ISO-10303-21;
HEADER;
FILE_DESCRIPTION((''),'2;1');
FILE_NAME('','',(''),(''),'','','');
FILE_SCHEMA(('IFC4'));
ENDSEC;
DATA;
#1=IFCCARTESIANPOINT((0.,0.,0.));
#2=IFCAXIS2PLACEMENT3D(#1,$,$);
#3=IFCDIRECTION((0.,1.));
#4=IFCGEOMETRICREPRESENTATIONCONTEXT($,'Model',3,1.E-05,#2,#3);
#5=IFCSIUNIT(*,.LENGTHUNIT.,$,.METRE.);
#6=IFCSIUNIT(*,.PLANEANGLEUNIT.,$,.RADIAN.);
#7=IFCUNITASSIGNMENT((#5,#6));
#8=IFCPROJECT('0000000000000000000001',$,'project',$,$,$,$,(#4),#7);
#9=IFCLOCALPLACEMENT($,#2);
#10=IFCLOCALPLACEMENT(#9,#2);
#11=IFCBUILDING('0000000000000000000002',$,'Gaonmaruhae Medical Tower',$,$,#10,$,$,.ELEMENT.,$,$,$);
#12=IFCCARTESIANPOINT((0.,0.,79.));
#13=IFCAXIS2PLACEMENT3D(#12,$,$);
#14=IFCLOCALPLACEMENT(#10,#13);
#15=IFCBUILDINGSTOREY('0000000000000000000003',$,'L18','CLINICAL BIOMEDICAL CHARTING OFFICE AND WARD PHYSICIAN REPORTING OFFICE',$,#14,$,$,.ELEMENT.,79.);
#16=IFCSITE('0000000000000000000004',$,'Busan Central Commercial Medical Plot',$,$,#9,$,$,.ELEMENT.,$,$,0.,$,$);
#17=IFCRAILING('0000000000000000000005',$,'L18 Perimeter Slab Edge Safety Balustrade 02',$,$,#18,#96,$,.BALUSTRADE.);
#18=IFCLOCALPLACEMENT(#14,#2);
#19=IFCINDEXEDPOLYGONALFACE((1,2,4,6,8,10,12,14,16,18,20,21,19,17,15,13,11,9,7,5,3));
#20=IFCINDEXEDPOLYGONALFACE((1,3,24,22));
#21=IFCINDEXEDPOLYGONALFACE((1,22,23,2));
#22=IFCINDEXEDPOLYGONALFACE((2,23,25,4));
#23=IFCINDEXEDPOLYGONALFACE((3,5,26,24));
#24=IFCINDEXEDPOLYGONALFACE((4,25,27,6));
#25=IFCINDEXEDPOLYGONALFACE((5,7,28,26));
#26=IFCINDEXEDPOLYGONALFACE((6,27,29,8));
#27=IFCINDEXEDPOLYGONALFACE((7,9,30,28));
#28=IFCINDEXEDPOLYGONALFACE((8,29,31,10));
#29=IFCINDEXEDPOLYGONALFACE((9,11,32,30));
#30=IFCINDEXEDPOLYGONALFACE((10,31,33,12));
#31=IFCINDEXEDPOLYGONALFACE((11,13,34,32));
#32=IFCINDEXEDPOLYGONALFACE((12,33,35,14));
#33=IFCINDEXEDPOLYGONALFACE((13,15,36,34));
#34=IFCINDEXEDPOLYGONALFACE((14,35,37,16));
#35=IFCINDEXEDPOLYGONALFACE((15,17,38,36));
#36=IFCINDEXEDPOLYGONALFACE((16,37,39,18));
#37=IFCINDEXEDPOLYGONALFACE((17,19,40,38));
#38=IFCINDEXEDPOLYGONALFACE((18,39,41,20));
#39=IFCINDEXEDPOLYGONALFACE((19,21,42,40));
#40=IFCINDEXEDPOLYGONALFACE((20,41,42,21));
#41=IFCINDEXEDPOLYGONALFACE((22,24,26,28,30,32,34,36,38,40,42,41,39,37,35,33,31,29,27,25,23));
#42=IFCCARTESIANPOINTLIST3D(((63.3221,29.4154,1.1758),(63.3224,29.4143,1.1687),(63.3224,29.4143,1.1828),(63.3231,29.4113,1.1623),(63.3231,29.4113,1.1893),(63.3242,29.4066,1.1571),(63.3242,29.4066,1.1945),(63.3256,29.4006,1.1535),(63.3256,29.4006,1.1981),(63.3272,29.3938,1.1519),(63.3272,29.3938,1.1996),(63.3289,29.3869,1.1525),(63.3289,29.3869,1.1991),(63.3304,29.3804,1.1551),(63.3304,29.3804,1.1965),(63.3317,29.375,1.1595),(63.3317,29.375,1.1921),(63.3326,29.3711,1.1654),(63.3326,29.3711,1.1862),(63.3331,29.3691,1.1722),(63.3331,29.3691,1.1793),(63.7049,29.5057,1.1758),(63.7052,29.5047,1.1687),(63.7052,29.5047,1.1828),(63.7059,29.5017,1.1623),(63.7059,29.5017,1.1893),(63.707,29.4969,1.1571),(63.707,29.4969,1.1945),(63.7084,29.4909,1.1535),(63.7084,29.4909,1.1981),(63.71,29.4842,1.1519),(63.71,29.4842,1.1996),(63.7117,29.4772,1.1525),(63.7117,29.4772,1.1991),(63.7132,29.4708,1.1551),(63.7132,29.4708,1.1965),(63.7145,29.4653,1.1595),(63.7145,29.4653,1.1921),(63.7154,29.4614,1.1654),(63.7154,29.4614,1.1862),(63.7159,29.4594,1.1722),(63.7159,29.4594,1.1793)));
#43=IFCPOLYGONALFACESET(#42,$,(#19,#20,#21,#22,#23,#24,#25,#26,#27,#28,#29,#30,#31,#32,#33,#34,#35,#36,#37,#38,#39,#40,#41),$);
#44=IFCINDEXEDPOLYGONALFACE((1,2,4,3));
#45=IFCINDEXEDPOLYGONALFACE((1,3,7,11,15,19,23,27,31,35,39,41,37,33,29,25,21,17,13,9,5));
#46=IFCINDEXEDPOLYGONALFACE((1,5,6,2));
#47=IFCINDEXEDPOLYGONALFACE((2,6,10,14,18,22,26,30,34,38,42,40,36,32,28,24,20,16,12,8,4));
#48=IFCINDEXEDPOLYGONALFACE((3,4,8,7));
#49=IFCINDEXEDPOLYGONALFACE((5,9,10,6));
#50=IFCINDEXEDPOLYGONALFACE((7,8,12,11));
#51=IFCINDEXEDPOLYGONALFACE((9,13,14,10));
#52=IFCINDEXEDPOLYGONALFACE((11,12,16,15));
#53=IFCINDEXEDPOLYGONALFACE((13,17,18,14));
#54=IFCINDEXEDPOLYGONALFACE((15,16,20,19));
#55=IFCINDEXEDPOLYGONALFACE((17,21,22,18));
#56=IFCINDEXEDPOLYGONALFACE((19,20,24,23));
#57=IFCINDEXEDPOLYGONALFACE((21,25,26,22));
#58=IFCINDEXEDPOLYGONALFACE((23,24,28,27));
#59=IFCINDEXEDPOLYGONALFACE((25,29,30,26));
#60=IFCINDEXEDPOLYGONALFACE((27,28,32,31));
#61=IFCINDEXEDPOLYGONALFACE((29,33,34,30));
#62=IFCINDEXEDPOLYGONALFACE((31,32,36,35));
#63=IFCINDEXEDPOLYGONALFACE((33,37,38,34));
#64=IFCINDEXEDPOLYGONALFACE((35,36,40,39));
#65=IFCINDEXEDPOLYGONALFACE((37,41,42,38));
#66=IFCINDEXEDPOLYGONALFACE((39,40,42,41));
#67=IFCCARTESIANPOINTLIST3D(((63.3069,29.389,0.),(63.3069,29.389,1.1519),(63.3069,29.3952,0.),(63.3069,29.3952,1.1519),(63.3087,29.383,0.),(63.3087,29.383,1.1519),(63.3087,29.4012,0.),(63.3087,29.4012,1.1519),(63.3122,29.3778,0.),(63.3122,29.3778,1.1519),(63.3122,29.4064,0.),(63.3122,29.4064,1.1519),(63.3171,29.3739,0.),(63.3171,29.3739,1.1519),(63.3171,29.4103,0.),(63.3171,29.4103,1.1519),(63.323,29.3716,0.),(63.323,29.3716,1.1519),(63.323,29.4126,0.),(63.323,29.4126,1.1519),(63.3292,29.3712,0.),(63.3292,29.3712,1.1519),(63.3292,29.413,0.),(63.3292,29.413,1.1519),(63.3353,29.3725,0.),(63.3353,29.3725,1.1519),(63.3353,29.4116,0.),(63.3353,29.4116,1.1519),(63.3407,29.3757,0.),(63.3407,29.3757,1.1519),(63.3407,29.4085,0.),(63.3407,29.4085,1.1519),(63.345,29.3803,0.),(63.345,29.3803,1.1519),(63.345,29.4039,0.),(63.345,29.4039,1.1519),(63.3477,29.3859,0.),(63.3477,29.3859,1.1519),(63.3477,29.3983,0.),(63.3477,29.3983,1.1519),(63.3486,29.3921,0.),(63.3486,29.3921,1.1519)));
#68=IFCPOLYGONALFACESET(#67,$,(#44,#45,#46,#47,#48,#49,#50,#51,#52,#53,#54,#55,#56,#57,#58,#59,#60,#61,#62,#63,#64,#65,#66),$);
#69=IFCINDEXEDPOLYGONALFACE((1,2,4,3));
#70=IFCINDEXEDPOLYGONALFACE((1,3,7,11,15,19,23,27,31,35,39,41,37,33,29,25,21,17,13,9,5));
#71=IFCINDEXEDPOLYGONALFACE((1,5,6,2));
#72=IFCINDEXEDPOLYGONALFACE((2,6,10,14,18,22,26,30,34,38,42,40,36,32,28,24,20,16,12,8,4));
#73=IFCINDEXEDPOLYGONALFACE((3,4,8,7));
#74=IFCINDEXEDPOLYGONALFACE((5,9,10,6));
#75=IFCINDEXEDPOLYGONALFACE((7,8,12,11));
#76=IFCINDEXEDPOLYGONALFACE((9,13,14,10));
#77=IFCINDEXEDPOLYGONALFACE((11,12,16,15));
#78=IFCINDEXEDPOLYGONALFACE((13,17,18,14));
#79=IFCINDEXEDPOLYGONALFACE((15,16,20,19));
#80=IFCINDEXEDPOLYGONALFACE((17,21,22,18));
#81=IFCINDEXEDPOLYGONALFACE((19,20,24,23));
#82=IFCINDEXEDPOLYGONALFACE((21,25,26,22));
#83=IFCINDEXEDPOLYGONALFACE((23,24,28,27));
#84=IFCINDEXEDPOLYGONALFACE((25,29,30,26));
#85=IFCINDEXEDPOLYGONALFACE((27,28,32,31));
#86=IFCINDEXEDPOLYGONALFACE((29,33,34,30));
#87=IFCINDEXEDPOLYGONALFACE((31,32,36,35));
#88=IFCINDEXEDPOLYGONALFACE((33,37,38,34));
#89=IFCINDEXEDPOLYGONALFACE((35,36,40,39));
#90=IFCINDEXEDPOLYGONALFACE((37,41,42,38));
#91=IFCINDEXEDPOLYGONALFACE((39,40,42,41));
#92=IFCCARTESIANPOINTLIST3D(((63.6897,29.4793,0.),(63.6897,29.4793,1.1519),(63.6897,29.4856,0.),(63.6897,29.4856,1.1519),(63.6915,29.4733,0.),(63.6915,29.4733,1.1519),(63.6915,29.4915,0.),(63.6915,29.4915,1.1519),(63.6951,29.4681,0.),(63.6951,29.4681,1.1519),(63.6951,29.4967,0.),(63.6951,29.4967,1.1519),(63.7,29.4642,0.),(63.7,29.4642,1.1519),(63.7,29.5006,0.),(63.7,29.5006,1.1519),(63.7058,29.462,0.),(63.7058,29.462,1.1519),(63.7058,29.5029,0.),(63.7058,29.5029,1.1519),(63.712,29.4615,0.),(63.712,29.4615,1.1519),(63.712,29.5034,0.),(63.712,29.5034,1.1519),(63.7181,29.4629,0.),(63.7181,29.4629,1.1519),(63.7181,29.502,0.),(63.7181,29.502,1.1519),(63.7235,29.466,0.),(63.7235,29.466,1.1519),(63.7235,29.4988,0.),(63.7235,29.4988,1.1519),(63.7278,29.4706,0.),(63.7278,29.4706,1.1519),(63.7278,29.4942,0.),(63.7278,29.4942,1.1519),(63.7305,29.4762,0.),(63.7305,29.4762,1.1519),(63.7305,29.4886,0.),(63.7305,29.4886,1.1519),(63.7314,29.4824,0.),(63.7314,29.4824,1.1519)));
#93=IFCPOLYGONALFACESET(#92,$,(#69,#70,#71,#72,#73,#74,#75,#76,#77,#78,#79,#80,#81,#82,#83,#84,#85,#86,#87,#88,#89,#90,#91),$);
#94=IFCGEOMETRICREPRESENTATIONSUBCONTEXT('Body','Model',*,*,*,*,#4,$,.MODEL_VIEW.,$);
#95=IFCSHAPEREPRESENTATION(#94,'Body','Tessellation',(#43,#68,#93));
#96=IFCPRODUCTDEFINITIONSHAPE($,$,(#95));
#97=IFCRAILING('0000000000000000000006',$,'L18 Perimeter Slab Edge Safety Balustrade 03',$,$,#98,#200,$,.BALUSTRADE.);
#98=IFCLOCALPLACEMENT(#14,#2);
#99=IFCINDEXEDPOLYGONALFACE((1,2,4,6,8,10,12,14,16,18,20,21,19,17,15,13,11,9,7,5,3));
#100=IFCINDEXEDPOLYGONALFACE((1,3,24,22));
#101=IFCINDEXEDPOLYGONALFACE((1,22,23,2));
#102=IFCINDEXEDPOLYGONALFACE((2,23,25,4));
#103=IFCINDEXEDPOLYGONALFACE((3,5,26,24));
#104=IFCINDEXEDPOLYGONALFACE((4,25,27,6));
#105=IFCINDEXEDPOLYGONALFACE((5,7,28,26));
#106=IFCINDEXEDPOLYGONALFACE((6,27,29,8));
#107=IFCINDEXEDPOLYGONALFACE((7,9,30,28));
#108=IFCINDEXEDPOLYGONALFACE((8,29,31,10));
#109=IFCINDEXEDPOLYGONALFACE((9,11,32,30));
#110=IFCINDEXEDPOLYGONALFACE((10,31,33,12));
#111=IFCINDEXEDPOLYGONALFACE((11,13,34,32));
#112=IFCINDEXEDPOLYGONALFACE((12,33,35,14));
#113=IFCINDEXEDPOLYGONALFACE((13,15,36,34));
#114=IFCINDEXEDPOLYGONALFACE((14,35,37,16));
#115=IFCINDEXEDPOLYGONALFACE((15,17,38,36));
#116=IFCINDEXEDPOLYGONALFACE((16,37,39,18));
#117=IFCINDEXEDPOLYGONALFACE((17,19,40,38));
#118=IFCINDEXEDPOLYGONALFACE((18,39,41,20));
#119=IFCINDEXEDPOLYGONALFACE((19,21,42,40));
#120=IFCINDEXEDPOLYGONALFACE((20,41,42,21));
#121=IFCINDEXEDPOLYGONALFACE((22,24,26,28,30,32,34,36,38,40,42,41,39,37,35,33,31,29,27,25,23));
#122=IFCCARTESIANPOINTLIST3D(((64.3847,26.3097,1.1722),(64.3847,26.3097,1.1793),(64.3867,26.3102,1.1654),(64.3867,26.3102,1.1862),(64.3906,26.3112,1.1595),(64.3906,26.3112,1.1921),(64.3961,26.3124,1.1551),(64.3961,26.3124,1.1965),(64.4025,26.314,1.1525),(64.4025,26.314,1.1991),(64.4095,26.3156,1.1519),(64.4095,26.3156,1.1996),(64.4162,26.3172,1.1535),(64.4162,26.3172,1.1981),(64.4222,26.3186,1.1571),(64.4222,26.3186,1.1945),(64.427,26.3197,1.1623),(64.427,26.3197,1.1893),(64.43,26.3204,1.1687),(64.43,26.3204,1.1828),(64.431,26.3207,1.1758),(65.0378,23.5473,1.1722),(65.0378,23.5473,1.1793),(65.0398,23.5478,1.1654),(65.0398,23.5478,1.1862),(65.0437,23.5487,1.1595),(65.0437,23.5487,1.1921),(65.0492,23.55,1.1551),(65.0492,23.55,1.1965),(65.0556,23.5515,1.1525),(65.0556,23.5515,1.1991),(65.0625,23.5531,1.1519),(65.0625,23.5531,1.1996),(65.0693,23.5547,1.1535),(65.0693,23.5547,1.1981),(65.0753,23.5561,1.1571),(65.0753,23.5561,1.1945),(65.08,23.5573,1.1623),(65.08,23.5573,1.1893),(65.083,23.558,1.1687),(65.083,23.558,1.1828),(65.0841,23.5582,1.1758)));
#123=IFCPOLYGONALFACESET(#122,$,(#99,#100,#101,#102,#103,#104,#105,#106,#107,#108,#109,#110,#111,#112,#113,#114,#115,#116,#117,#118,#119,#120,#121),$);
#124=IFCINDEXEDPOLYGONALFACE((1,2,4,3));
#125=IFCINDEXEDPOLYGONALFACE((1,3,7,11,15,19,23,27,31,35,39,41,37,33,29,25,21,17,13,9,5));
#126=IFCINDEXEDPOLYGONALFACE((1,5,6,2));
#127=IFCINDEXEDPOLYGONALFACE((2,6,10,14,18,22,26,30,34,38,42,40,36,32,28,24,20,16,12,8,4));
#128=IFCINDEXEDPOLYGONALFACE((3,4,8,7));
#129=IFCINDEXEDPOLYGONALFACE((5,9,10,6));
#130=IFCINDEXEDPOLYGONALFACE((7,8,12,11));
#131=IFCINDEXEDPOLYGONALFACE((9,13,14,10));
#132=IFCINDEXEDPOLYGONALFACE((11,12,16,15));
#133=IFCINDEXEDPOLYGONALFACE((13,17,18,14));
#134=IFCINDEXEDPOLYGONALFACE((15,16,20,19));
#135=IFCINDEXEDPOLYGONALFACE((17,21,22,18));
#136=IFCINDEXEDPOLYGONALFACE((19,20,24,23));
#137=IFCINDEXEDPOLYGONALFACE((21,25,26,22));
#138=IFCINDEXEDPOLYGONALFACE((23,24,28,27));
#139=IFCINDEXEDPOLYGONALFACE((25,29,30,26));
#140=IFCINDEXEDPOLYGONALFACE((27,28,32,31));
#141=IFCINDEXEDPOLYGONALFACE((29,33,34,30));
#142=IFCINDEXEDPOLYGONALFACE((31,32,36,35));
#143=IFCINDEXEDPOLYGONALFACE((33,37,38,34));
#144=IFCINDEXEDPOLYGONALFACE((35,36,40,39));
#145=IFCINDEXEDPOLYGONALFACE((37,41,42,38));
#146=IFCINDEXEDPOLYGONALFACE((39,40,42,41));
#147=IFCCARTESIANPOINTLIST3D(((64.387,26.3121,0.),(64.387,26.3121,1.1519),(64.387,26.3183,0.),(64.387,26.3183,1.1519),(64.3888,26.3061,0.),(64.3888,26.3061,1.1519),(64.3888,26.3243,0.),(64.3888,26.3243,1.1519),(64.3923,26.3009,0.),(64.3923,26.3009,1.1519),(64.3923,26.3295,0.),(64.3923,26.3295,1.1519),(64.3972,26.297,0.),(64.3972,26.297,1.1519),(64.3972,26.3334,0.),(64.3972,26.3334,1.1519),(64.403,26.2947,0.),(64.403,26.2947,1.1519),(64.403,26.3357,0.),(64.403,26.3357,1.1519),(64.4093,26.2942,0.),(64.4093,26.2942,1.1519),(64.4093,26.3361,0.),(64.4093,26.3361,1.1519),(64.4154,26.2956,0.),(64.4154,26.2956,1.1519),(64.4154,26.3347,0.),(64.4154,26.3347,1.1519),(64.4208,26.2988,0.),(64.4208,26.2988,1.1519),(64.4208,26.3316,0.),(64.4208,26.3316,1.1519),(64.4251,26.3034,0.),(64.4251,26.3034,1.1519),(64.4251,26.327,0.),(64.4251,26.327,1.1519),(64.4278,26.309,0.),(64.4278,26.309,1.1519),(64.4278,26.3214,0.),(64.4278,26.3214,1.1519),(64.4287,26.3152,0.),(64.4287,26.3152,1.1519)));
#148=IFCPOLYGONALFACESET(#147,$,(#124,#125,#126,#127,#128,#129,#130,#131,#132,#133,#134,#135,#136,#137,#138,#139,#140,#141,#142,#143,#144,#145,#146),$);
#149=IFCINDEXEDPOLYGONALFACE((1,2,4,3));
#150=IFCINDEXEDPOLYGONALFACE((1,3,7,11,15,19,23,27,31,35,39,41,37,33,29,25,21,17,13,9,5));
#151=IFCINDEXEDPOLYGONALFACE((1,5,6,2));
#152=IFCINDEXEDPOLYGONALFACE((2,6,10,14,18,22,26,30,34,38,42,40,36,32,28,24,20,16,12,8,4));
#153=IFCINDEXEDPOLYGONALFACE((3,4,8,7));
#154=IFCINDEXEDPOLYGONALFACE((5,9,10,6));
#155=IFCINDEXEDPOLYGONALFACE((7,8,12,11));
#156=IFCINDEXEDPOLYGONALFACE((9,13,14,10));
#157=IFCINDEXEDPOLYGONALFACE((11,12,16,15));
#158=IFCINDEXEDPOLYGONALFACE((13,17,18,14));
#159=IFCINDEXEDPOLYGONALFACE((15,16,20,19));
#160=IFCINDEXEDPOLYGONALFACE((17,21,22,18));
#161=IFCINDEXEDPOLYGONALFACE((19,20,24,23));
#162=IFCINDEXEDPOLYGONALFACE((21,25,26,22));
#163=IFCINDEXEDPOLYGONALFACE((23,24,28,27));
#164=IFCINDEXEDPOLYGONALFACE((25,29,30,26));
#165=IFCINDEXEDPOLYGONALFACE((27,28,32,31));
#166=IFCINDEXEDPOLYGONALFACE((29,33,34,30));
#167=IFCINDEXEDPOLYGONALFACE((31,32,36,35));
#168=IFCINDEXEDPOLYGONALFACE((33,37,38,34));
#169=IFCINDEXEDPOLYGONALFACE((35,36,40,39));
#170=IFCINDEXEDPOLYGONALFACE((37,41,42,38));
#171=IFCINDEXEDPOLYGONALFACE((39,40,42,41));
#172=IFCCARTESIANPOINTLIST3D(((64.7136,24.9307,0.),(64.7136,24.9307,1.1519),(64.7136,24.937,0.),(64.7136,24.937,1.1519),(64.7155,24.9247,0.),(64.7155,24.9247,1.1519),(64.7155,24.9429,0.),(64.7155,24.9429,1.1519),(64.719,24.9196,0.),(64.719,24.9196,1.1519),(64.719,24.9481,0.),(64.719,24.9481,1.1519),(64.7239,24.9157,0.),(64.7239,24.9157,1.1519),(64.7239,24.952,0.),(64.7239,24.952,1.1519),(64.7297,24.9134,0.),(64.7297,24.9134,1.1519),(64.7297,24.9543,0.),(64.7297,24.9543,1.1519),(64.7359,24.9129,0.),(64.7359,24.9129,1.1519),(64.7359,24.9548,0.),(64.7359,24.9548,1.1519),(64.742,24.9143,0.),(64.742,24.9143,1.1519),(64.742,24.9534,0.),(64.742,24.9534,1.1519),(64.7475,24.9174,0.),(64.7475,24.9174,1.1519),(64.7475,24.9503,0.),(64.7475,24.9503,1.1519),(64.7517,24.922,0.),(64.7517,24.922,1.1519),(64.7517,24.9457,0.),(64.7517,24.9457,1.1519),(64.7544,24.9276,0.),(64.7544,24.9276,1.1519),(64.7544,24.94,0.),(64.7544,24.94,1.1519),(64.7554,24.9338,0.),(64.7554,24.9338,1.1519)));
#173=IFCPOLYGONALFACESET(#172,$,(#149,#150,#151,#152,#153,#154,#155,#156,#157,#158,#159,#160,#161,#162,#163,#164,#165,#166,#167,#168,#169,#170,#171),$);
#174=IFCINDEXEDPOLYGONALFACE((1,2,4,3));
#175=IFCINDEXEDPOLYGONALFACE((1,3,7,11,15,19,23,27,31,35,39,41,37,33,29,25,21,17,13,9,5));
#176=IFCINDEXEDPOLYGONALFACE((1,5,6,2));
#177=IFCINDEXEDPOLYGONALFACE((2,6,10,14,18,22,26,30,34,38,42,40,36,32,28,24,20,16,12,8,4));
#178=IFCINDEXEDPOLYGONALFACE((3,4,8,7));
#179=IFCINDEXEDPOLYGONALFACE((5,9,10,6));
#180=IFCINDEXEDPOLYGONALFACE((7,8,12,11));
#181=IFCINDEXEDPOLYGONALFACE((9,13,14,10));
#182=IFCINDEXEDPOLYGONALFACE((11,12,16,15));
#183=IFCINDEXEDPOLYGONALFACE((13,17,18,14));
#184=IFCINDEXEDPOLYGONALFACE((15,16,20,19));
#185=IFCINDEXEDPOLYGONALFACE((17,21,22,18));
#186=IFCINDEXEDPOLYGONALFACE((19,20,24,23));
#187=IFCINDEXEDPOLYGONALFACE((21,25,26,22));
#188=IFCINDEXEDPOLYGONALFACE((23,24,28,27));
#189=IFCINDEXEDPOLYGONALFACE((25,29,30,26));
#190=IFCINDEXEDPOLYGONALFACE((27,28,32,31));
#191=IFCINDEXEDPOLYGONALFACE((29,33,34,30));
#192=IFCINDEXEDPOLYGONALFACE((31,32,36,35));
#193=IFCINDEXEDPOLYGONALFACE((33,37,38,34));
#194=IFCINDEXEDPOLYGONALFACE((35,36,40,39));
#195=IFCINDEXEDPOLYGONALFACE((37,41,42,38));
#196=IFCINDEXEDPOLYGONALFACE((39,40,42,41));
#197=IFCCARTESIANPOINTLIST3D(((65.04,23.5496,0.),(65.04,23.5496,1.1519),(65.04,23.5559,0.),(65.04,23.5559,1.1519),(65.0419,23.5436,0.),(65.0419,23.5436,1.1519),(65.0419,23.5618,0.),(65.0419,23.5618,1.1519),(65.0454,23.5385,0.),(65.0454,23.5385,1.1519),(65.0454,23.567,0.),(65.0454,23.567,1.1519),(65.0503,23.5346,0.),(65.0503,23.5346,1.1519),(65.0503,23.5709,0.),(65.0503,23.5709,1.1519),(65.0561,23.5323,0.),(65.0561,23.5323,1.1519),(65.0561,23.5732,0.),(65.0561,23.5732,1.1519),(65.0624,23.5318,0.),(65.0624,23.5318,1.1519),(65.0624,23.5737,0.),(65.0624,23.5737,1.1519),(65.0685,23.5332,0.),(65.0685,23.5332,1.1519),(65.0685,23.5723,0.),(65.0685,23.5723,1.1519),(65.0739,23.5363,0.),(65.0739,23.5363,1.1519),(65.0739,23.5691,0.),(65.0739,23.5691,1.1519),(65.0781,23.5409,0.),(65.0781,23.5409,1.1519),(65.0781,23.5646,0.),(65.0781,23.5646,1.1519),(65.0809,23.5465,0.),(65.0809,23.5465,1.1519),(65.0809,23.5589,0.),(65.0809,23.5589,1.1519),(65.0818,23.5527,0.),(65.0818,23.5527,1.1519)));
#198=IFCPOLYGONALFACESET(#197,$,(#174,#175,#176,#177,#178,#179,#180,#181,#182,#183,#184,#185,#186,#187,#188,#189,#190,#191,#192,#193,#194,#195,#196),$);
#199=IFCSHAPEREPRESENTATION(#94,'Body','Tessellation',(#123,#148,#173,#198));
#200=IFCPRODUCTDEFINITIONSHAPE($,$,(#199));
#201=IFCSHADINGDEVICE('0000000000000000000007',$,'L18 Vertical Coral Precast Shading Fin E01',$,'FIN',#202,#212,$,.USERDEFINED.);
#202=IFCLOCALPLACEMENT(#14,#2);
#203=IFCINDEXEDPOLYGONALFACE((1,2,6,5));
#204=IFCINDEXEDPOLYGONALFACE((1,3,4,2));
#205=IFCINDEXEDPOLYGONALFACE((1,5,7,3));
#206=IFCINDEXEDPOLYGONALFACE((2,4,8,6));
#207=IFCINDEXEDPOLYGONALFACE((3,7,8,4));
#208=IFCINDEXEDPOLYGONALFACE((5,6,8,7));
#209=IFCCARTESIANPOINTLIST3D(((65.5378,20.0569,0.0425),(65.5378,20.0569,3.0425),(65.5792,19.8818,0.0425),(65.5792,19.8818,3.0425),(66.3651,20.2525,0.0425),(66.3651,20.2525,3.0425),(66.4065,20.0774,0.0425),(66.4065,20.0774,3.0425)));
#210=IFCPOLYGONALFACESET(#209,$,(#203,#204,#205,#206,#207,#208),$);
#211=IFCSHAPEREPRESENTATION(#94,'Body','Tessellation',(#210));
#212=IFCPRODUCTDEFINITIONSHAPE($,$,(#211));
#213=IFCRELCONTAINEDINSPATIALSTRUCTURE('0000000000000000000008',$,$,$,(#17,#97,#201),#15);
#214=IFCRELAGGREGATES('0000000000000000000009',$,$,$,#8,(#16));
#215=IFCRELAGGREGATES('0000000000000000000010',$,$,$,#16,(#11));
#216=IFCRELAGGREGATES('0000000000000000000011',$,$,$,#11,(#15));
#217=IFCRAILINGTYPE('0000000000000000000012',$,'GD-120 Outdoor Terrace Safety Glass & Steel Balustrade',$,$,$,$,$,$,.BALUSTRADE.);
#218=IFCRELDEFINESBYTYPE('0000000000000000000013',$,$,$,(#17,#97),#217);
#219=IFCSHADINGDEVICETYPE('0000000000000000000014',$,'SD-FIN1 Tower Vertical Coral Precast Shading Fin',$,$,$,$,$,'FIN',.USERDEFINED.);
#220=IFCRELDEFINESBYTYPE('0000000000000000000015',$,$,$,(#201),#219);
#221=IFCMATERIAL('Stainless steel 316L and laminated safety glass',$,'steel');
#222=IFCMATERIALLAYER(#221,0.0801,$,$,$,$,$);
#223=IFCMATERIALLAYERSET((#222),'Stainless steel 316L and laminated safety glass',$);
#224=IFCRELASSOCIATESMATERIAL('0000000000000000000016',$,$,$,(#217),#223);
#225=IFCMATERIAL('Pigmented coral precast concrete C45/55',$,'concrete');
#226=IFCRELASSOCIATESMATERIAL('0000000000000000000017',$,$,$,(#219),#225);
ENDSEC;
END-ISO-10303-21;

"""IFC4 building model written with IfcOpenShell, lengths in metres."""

from ifc_helpers import new_model, si_unit, direction, frame, origin, origin_2d, place, context, subcontext, project, spatial, rectangle, circle, extrude, material, layer, layer_set, type_object, element, save


model = new_model("IFC4")

# Units and contexts
model_context = context("Model", 3, precision=1e-05, world=origin(), true_north=direction((0.0, 1.0)))
body_context = subcontext(model_context, "Body", "Model", "MODEL_VIEW")
ifc_project = project(units=[si_unit("LENGTHUNIT", "METRE"), si_unit("PLANEANGLEUNIT", "RADIAN")], contexts=[model_context])

# Site, building, storey
site_placement = place(None, origin())
site = spatial("IfcSite", under=ifc_project, at=site_placement, Name="Busan Central Commercial Medical Plot", CompositionType="ELEMENT", RefElevation=0.0)
building_placement = place(site_placement, origin())
building = spatial("IfcBuilding", under=site, at=building_placement, Name="Gaonmaruhae Medical Tower", CompositionType="ELEMENT")
storey_placement = place(building_placement, frame((0.0, 0.0, 79.0)))
storey = spatial("IfcBuildingStorey", under=building, at=storey_placement, Name="L18", Description="CLINICAL BIOMEDICAL CHARTING OFFICE AND WARD PHYSICIAN REPORTING OFFICE", CompositionType="ELEMENT", Elevation=79.0)

# Railings
ifc_material_1 = material(Name="Stainless steel 316L and laminated safety glass", Category="steel")
ifc_layer_1 = layer(ifc_material_1, 0.0801)
ifc_layer_set_1 = layer_set([ifc_layer_1], Name="Stainless steel 316L and laminated safety glass")
railing_type = type_object("IfcRailingType", Name="GD-120 Outdoor Terrace Safety Glass & Steel Balustrade", PredefinedType="BALUSTRADE", material=ifc_layer_set_1)
railing_1_placement = place(storey_placement, frame((63.3276, 29.3921, 0.0)))
element("IfcRailing", 1, at=railing_1_placement, inside=storey, type_object=railing_type, Name="L18 Perimeter Slab Edge Safety Balustrade 02", PredefinedType="BALUSTRADE", context=body_context, shape_type="SweptSolid", body=[
    extrude(circle(Radius=0.0239, at=origin_2d()), frame((0.0, 0.0, 1.1758), z_axis=(0.97327, 0.229662, 0.0), x_axis=(-0.229662, 0.97327, 0.0)), (0.0, 0.0, 1.0), 0.3933),
    extrude(circle(Radius=0.021, at=origin_2d()), origin(), (0.0, 0.0, 1.0), 1.1519),
    extrude(circle(Radius=0.021, at=origin_2d()), frame((0.3828, 0.0903, 0.0)), (0.0, 0.0, 1.0), 1.1519),
])
railing_2_placement = place(storey_placement, frame((64.4077, 26.3152, 0.0)))
element("IfcRailing", 2, at=railing_2_placement, inside=storey, type_object=railing_type, Name="L18 Perimeter Slab Edge Safety Balustrade 03", PredefinedType="BALUSTRADE", context=body_context, shape_type="SweptSolid", body=[
    extrude(circle(Radius=0.0239, at=origin_2d()), frame((0.0, 0.0, 1.1758), z_axis=(0.23007, -0.973174, 0.0), x_axis=(0.973174, 0.23007, 0.0)), (0.0, 0.0, 1.0), 2.8386),
    extrude(circle(Radius=0.021, at=origin_2d()), origin(), (0.0, 0.0, 1.0), 1.1519),
    extrude(circle(Radius=0.021, at=origin_2d()), frame((0.3267, -1.3813, 0.0)), (0.0, 0.0, 1.0), 1.1519),
    extrude(circle(Radius=0.021, at=origin_2d()), frame((0.6531, -2.7625, 0.0)), (0.0, 0.0, 1.0), 1.1519),
])

# Shading device
ifc_material_2 = material(Name="Pigmented coral precast concrete C45/55", Category="concrete")
shading_device_type = type_object("IfcShadingDeviceType", Name="SD-FIN1 Tower Vertical Coral Precast Shading Fin", ElementType="FIN", PredefinedType="USERDEFINED", material=ifc_material_2)
for number, where, z_axis, x_axis, name in (
    (3, (65.9722, 20.0671, 0.0425), (0.0, 0.0, 1.0), (0.230033, -0.973183, 0.0), "L18 Vertical Coral Precast Shading Fin E01"),
):
    element("IfcShadingDevice", number, at=place(storey_placement, frame(where, z_axis=z_axis, x_axis=x_axis)), inside=storey, type_object=shading_device_type, Name=name, ObjectType="FIN", PredefinedType="USERDEFINED", context=body_context, shape_type="SweptSolid", body=[
        extrude(rectangle(XDim=0.1799, YDim=0.8501, at=origin_2d()), origin(), (0.0, 0.0, 1.0), 3.0),
    ])

save(model, "model.ifc")
